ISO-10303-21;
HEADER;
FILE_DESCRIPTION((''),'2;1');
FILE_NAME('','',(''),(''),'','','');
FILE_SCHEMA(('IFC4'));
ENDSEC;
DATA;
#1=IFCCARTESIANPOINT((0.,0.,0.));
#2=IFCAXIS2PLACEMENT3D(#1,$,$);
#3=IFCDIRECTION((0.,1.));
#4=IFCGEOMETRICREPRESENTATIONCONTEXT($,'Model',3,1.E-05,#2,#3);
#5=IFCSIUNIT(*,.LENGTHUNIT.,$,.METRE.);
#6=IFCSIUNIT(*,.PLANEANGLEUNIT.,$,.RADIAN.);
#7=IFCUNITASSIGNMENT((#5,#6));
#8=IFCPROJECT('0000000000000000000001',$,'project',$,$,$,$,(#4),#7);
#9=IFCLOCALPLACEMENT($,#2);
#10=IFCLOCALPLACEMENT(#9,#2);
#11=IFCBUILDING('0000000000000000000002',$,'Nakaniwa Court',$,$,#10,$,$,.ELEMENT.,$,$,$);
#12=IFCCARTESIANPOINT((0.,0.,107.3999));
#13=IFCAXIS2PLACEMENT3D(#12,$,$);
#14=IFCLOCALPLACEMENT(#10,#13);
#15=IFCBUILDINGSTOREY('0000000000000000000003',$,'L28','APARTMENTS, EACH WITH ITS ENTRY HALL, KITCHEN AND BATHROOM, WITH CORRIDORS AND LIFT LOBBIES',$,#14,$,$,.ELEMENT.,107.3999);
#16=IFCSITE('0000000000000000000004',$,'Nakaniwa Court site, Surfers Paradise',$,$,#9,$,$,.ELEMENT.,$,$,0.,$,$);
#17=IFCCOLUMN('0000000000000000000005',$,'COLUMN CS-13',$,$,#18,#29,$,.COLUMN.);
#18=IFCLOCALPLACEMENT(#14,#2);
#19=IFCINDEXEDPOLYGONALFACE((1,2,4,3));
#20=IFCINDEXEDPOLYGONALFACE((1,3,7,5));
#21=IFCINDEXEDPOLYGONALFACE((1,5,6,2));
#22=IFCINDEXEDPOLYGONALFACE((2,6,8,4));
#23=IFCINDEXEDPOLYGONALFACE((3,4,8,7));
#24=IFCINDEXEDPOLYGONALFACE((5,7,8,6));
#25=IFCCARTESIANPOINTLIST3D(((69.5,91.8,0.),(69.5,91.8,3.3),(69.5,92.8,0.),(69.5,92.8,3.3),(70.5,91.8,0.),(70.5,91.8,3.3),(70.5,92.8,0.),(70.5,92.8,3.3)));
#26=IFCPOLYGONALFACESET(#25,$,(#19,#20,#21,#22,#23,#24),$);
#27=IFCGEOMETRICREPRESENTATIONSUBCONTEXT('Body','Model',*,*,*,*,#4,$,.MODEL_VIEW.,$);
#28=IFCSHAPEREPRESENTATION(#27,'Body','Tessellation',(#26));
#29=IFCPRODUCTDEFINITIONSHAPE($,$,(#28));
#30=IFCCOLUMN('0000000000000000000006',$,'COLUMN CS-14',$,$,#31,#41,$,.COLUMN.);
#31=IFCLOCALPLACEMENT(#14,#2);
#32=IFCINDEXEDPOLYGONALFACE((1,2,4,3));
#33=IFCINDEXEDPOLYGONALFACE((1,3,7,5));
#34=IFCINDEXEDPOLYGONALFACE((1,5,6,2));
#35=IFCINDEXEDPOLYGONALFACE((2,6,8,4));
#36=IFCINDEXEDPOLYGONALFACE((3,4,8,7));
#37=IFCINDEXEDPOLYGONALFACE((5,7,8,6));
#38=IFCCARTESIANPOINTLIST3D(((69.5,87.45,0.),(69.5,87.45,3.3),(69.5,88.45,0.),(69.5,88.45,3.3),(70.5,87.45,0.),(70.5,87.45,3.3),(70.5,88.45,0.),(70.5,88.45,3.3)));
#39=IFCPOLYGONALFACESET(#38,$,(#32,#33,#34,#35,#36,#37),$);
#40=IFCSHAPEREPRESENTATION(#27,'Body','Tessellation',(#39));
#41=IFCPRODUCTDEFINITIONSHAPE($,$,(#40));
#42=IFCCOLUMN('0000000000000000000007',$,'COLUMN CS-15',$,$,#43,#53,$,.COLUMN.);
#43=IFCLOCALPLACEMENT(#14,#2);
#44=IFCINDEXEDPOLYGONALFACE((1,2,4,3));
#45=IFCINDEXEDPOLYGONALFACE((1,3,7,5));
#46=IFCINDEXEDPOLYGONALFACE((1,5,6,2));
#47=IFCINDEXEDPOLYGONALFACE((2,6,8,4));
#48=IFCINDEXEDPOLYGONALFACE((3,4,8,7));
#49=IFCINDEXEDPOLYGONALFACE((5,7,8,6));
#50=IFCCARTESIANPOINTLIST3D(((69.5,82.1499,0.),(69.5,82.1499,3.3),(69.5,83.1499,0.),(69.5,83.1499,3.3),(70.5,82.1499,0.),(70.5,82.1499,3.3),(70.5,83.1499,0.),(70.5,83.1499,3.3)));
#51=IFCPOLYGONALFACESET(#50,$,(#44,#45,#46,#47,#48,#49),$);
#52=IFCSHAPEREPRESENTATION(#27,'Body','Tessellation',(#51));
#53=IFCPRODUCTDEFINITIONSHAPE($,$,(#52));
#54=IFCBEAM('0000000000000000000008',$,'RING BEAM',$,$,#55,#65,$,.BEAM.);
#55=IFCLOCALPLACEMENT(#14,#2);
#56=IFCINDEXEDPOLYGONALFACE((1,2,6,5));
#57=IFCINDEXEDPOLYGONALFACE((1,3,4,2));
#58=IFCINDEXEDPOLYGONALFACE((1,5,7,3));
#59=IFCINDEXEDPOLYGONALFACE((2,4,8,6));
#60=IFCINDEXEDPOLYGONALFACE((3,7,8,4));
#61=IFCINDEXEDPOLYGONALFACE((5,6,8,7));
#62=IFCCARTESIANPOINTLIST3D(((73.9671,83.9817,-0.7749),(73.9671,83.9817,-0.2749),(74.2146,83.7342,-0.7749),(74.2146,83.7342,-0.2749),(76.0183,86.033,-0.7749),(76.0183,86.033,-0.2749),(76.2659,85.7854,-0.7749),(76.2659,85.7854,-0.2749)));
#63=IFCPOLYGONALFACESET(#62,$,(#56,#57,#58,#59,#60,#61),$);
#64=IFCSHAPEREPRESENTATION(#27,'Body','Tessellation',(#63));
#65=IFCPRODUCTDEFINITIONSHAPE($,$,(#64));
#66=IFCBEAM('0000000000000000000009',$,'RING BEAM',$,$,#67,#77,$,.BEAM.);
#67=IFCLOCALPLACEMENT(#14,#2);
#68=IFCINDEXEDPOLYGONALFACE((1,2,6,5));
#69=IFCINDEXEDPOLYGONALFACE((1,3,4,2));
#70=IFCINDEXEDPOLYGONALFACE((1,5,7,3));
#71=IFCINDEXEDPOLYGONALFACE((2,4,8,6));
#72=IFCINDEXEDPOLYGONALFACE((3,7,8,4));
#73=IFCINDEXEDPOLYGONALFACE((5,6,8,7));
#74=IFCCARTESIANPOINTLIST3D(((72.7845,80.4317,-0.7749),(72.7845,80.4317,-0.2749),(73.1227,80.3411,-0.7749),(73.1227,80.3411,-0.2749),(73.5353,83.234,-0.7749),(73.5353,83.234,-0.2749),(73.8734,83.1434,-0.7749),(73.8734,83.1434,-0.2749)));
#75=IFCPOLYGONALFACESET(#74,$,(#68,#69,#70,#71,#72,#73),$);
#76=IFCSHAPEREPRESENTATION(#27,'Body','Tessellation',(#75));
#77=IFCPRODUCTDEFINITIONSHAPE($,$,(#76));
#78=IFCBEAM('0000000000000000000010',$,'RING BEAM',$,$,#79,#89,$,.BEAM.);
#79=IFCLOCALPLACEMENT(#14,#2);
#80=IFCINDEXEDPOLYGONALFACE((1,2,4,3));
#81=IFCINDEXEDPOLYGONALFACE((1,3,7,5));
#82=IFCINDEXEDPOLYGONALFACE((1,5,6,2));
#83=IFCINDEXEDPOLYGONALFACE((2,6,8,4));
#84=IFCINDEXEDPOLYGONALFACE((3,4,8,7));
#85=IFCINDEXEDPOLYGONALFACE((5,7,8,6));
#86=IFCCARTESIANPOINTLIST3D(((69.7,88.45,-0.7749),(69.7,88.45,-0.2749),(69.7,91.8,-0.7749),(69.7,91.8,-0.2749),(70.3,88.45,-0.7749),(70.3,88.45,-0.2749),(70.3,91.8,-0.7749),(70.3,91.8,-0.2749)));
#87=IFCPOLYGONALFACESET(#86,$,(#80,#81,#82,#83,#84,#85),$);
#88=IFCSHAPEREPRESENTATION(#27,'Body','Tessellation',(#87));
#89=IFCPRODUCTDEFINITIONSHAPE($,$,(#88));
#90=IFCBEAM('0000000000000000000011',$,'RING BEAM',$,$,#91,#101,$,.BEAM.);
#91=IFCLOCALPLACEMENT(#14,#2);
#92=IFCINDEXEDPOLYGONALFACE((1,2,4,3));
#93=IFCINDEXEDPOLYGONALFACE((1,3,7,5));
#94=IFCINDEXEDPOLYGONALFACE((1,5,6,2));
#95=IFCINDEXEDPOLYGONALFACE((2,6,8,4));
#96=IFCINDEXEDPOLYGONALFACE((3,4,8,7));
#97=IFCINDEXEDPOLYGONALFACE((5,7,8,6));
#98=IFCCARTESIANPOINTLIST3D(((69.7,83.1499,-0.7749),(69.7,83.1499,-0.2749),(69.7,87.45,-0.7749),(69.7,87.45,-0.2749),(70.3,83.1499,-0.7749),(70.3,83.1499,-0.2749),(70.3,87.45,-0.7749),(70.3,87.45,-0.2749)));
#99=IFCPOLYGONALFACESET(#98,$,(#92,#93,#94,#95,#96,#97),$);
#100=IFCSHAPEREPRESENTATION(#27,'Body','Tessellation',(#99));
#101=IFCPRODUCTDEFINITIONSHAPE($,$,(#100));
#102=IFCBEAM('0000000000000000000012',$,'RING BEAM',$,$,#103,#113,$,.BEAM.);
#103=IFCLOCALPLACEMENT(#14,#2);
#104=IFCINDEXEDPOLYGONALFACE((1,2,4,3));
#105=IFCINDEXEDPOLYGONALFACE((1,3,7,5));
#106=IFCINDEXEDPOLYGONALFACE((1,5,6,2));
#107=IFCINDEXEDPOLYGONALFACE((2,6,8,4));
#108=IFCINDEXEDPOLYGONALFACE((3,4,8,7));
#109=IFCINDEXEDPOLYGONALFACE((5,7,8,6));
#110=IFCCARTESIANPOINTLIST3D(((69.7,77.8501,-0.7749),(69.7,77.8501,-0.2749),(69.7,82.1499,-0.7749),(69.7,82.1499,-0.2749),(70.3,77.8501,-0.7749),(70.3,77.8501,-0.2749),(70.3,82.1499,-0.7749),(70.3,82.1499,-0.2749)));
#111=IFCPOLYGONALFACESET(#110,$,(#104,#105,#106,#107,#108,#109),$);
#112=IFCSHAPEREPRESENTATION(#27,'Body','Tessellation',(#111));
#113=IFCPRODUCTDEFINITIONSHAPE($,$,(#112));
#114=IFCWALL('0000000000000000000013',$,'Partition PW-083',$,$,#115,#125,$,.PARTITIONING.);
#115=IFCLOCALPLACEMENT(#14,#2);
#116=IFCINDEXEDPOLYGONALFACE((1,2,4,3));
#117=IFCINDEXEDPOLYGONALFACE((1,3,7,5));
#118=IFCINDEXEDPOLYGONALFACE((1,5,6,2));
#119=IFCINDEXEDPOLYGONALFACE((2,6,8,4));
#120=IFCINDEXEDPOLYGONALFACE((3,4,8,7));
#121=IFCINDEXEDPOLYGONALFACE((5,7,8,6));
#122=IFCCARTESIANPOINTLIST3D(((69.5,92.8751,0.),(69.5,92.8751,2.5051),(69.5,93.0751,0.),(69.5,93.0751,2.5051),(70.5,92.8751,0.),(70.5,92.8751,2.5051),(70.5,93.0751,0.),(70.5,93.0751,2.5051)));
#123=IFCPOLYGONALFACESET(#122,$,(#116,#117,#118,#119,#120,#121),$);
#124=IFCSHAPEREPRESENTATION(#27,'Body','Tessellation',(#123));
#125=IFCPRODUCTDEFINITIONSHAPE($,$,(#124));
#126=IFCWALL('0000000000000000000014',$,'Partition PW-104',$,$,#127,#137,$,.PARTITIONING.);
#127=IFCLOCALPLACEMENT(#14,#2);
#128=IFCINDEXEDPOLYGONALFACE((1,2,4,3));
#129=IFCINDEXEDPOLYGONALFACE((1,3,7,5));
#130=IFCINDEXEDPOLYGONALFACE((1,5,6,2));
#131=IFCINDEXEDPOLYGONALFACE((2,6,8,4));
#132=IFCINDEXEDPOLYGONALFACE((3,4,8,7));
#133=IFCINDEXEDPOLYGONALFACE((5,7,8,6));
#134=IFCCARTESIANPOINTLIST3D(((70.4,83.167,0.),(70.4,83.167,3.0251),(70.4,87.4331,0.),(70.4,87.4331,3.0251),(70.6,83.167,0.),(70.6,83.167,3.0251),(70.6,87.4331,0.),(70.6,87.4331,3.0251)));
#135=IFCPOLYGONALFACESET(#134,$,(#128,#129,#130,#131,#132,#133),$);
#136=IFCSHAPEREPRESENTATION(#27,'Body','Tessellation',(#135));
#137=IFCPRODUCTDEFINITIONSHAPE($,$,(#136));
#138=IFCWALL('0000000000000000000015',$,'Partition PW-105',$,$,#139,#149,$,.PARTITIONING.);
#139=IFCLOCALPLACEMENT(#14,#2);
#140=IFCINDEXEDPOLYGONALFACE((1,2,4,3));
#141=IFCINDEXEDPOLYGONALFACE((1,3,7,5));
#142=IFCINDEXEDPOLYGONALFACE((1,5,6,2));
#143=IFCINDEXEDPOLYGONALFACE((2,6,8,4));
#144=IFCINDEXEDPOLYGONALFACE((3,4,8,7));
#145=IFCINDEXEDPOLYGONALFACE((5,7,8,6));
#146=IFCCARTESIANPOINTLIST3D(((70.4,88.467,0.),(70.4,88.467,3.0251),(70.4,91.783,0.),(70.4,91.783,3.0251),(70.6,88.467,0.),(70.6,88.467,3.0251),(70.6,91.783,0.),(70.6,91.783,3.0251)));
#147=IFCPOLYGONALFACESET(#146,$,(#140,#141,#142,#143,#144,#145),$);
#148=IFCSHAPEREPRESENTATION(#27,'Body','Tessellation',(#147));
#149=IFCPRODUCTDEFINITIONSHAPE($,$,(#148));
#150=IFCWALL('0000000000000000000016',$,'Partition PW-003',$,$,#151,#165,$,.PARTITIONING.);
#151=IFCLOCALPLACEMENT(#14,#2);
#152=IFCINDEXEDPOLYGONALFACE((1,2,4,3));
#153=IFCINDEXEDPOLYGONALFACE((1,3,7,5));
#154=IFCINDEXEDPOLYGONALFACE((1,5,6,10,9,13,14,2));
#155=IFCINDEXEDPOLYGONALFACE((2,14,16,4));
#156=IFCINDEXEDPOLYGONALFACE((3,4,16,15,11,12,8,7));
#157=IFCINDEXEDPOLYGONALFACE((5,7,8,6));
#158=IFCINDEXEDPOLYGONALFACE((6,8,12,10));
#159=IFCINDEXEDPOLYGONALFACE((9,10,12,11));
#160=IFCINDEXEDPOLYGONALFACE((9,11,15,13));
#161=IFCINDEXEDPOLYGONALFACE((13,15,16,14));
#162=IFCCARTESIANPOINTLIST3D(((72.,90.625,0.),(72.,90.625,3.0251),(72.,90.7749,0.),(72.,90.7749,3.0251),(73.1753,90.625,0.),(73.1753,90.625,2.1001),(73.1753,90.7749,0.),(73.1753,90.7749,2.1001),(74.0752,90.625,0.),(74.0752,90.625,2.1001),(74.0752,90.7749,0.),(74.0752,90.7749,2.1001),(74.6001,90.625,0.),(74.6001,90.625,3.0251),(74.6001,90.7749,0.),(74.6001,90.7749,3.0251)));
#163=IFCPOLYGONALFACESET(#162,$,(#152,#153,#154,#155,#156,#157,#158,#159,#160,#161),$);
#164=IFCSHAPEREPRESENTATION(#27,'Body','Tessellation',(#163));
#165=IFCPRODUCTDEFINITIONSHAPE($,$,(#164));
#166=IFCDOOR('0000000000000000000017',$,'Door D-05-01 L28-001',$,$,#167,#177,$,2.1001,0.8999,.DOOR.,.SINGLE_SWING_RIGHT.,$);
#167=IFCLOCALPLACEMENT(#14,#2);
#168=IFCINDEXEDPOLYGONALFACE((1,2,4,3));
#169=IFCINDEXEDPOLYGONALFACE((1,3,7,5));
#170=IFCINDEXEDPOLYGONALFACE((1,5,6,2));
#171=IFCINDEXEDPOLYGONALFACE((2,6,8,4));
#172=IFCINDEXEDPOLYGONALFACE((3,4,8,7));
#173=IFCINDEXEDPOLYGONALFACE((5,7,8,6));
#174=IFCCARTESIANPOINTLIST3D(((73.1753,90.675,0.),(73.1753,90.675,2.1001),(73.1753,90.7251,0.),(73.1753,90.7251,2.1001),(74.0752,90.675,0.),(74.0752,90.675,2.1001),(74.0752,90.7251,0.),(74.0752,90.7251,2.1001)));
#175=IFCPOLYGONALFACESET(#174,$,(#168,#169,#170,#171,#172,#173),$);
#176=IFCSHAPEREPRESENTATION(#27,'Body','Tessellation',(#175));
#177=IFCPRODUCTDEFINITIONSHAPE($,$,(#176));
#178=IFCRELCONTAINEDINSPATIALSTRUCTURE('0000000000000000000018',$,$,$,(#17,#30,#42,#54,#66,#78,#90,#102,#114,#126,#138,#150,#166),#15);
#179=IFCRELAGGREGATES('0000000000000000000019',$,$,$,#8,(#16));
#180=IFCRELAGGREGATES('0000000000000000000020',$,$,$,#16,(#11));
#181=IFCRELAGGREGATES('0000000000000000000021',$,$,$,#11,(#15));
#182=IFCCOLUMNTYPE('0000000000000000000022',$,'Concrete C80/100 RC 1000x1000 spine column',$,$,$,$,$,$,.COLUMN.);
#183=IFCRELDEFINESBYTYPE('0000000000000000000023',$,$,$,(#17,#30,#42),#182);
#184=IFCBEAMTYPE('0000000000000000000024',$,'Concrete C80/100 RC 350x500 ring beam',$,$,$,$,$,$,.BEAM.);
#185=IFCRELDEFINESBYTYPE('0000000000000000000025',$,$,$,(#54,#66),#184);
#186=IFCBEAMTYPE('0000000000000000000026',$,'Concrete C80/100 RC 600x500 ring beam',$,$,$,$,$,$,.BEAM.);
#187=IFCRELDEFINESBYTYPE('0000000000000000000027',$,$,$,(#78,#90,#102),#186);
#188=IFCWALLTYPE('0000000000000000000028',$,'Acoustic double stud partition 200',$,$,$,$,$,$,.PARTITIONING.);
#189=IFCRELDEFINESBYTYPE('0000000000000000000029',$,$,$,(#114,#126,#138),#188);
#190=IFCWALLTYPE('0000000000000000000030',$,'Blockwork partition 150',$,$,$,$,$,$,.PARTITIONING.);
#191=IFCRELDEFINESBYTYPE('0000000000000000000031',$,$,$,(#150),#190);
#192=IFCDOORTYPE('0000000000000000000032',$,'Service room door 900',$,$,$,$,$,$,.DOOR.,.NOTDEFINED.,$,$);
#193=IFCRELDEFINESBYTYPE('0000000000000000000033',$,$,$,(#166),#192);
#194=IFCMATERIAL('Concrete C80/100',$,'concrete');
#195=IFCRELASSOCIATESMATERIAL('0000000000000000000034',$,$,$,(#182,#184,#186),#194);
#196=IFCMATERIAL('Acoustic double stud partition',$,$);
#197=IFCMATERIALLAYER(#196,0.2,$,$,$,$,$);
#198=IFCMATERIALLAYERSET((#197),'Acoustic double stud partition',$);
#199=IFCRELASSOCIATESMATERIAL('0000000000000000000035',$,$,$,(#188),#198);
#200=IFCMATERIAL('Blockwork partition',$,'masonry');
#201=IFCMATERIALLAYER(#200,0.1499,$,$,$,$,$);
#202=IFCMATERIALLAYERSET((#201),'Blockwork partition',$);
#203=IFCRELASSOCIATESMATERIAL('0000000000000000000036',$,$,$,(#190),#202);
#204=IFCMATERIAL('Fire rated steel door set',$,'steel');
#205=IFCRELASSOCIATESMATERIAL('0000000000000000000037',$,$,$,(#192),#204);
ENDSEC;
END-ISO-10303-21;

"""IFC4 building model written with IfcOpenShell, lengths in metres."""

from ifc_helpers import new_model, si_unit, direction, frame, frame_2d, origin, origin_2d, place, context, subcontext, project, spatial, rectangle, extrude, material, layer, layer_set, material_profile, profile_set, type_object, element, fill, save


model = new_model("IFC4")

# Units and contexts
model_context = context("Model", 3, precision=1e-05, world=origin(), true_north=direction((0.0, 1.0)))
body_context = subcontext(model_context, "Body", "Model", "MODEL_VIEW")
ifc_project = project(units=[si_unit("LENGTHUNIT", "METRE"), si_unit("PLANEANGLEUNIT", "RADIAN")], contexts=[model_context])

# Site, building, storey
site_placement = place(None, origin())
site = spatial("IfcSite", under=ifc_project, at=site_placement, Name="Nakaniwa Court site, Surfers Paradise", CompositionType="ELEMENT", RefElevation=0.0)
building_placement = place(site_placement, origin())
building = spatial("IfcBuilding", under=site, at=building_placement, Name="Nakaniwa Court", CompositionType="ELEMENT")
storey_placement = place(building_placement, frame((0.0, 0.0, 107.3999)))
storey = spatial("IfcBuildingStorey", under=building, at=storey_placement, Name="L28", Description="APARTMENTS, EACH WITH ITS ENTRY HALL, KITCHEN AND BATHROOM, WITH CORRIDORS AND LIFT LOBBIES", CompositionType="ELEMENT", Elevation=107.3999)

# Columns
ifc_material_1 = material(Name="Concrete C80/100", Category="concrete")
ifc_material_profile_1 = material_profile(ifc_material_1, rectangle(XDim=1.0, YDim=1.0, at=origin_2d()), Name="Concrete C80/100 RC 1000x1000 spine column")
ifc_profile_set_1 = profile_set([ifc_material_profile_1], Name="Concrete C80/100")
column_type_1 = type_object("IfcColumnType", Name="Concrete C80/100 RC 1000x1000 spine column", PredefinedType="COLUMN", material=ifc_profile_set_1)
for number, where, z_axis, x_axis, name in (
    (1, (70.0, 92.3, 0.0), (0.0, 0.0, 1.0), (0.0, -1.0, 0.0), "COLUMN CS-13"),
    (2, (70.0, 87.95, 0.0), (0.0, 0.0, 1.0), (0.0, -1.0, 0.0), "COLUMN CS-14"),
    (3, (70.0, 82.6499, 0.0), (0.0, 0.0, 1.0), (0.0, -1.0, 0.0), "COLUMN CS-15"),
):
    element("IfcColumn", number, at=place(storey_placement, frame(where, z_axis=z_axis, x_axis=x_axis)), inside=storey, type_object=column_type_1, Name=name, PredefinedType="COLUMN", context=body_context, shape_type="SweptSolid", body=[
        extrude(rectangle(XDim=1.0, YDim=1.0, at=origin_2d()), origin(), (0.0, 0.0, 1.0), 3.3),
    ])

# Beams
ifc_material_profile_2 = material_profile(ifc_material_1, rectangle(XDim=0.3501, YDim=0.5, at=origin_2d()), Name="Concrete C80/100 RC 350x500 ring beam")
ifc_profile_set_2 = profile_set([ifc_material_profile_2], Name="Concrete C80/100")
beam_type_1 = type_object("IfcBeamType", Name="Concrete C80/100 RC 350x500 ring beam", PredefinedType="BEAM", material=ifc_profile_set_2)
beam_1_placement = place(storey_placement, frame((76.1421, 85.9092, -0.5249), z_axis=(-0.707107, -0.707107, 0.0), x_axis=(0.707107, -0.707107, 0.0)))
element("IfcBeam", 4, at=beam_1_placement, inside=storey, type_object=beam_type_1, Name="RING BEAM", PredefinedType="BEAM", context=body_context, shape_type="SweptSolid", body=[
    extrude(rectangle(XDim=0.3501, YDim=0.5, at=origin_2d()), origin(), (0.0, 0.0, 1.0), 2.9009),
])
beam_2_placement = place(storey_placement, frame((73.7043, 83.1887, -0.5249), z_axis=(-0.258778, -0.965937, 0.0), x_axis=(0.965937, -0.258778, 0.0)))
element("IfcBeam", 5, at=beam_2_placement, inside=storey, type_object=beam_type_1, Name="RING BEAM", PredefinedType="BEAM", context=body_context, shape_type="SweptSolid", body=[
    extrude(rectangle(XDim=0.3501, YDim=0.5, at=origin_2d()), origin(), (0.0, 0.0, 1.0), 2.9011),
])
ifc_material_profile_3 = material_profile(ifc_material_1, rectangle(XDim=0.6001, YDim=0.5, at=origin_2d()), Name="Concrete C80/100 RC 600x500 ring beam")
ifc_profile_set_3 = profile_set([ifc_material_profile_3], Name="Concrete C80/100")
beam_type_2 = type_object("IfcBeamType", Name="Concrete C80/100 RC 600x500 ring beam", PredefinedType="BEAM", material=ifc_profile_set_3)
beam_3_placement = place(storey_placement, frame((70.0, 91.8, -0.5249), z_axis=(0.0, -1.0, 0.0), x_axis=(1.0, 0.0, 0.0)))
element("IfcBeam", 6, at=beam_3_placement, inside=storey, type_object=beam_type_2, Name="RING BEAM", PredefinedType="BEAM", context=body_context, shape_type="SweptSolid", body=[
    extrude(rectangle(XDim=0.6001, YDim=0.5, at=origin_2d()), origin(), (0.0, 0.0, 1.0), 3.3501),
])
beam_4_placement = place(storey_placement, frame((70.0, 87.45, -0.5249), z_axis=(0.0, -1.0, 0.0), x_axis=(1.0, 0.0, 0.0)))
element("IfcBeam", 7, at=beam_4_placement, inside=storey, type_object=beam_type_2, Name="RING BEAM", PredefinedType="BEAM", context=body_context, shape_type="SweptSolid", body=[
    extrude(rectangle(XDim=0.6001, YDim=0.5, at=origin_2d()), origin(), (0.0, 0.0, 1.0), 4.3),
])
beam_5_placement = place(storey_placement, frame((70.0, 82.1499, -0.5249), z_axis=(0.0, -1.0, 0.0), x_axis=(1.0, 0.0, 0.0)))
element("IfcBeam", 8, at=beam_5_placement, inside=storey, type_object=beam_type_2, Name="RING BEAM", PredefinedType="BEAM", context=body_context, shape_type="SweptSolid", body=[
    extrude(rectangle(XDim=0.6001, YDim=0.5, at=origin_2d()), origin(), (0.0, 0.0, 1.0), 4.2998),
])

# Walls
ifc_material_2 = material(Name="Acoustic double stud partition")
ifc_layer_1 = layer(ifc_material_2, 0.2)
ifc_layer_set_1 = layer_set([ifc_layer_1], Name="Acoustic double stud partition")
wall_type_1 = type_object("IfcWallType", Name="Acoustic double stud partition 200", PredefinedType="PARTITIONING", material=ifc_layer_set_1)
wall_1_placement = place(storey_placement, frame((69.5, 92.9751, 0.0), z_axis=(0.0, 0.0, 1.0), x_axis=(1.0, 0.0, 0.0)))
element("IfcWall", 9, at=wall_1_placement, inside=storey, type_object=wall_type_1, Name="Partition PW-083", PredefinedType="PARTITIONING", context=body_context, shape_type="SweptSolid", body=[
    extrude(rectangle(XDim=1.0, YDim=0.2, at=frame_2d((0.5, 0.0))), origin(), (0.0, 0.0, 1.0), 2.5051),
])
wall_2_placement = place(storey_placement, frame((70.5, 83.167, 0.0), z_axis=(0.0, 0.0, 1.0), x_axis=(0.0, 1.0, 0.0)))
element("IfcWall", 10, at=wall_2_placement, inside=storey, type_object=wall_type_1, Name="Partition PW-104", PredefinedType="PARTITIONING", context=body_context, shape_type="SweptSolid", body=[
    extrude(rectangle(XDim=4.2661, YDim=0.2, at=frame_2d((2.1331, 0.0))), origin(), (0.0, 0.0, 1.0), 3.0251),
])
wall_3_placement = place(storey_placement, frame((70.5, 88.467, 0.0), z_axis=(0.0, 0.0, 1.0), x_axis=(0.0, 1.0, 0.0)))
element("IfcWall", 11, at=wall_3_placement, inside=storey, type_object=wall_type_1, Name="Partition PW-105", PredefinedType="PARTITIONING", context=body_context, shape_type="SweptSolid", body=[
    extrude(rectangle(XDim=3.3159, YDim=0.2, at=frame_2d((1.658, 0.0))), origin(), (0.0, 0.0, 1.0), 3.0251),
])

# Wall, opening, door
ifc_material_3 = material(Name="Blockwork partition", Category="masonry")
ifc_layer_2 = layer(ifc_material_3, 0.1499)
ifc_layer_set_2 = layer_set([ifc_layer_2], Name="Blockwork partition")
wall_type_2 = type_object("IfcWallType", Name="Blockwork partition 150", PredefinedType="PARTITIONING", material=ifc_layer_set_2)
wall_4_placement = place(storey_placement, frame((74.6001, 90.7, 0.0), z_axis=(0.0, 0.0, 1.0), x_axis=(-1.0, 0.0, 0.0)))
wall_4 = element("IfcWall", 12, at=wall_4_placement, inside=storey, type_object=wall_type_2, Name="Partition PW-003", PredefinedType="PARTITIONING", context=body_context, shape_type="SweptSolid", body=[
    extrude(rectangle(XDim=2.6001, YDim=0.1499, at=frame_2d((1.3, 0.0))), origin(), (0.0, 0.0, 1.0), 3.0251),
])
opening_1_placement = place(wall_4_placement, frame((0.5249, 0.0, 0.0)))
opening_1 = element("IfcOpeningElement", 13, at=opening_1_placement, cuts=wall_4, PredefinedType="OPENING", context=body_context, shape_type="SweptSolid", body=[
    extrude(rectangle(XDim=0.8999, YDim=2.1001, at=frame_2d((0.45, 1.05))), frame((0.0, 0.085, 0.0), z_axis=(0.0, -1.0, 0.0), x_axis=(1.0, 0.0, 0.0)), (0.0, 0.0, 1.0), 0.1699),
])
ifc_material_4 = material(Name="Fire rated steel door set", Category="steel")
door_type_1 = type_object("IfcDoorType", Name="Service room door 900", OperationType="NOTDEFINED", PredefinedType="DOOR", material=ifc_material_4)
door_1_placement = place(opening_1_placement, origin())
door_1 = element("IfcDoor", 14, at=door_1_placement, inside=storey, type_object=door_type_1, Name="Door D-05-01 L28-001", OperationType="SINGLE_SWING_RIGHT", OverallHeight=2.1001, OverallWidth=0.8999, PredefinedType="DOOR", context=body_context, shape_type="SweptSolid", body=[
    extrude(rectangle(XDim=0.8999, YDim=2.1001, at=frame_2d((0.45, 1.05))), frame((0.0, 0.0249, 0.0), z_axis=(0.0, -1.0, 0.0), x_axis=(1.0, 0.0, 0.0)), (0.0, 0.0, 1.0), 0.05),
])
fill(opening_1, door_1)

save(model, "model.ifc")
